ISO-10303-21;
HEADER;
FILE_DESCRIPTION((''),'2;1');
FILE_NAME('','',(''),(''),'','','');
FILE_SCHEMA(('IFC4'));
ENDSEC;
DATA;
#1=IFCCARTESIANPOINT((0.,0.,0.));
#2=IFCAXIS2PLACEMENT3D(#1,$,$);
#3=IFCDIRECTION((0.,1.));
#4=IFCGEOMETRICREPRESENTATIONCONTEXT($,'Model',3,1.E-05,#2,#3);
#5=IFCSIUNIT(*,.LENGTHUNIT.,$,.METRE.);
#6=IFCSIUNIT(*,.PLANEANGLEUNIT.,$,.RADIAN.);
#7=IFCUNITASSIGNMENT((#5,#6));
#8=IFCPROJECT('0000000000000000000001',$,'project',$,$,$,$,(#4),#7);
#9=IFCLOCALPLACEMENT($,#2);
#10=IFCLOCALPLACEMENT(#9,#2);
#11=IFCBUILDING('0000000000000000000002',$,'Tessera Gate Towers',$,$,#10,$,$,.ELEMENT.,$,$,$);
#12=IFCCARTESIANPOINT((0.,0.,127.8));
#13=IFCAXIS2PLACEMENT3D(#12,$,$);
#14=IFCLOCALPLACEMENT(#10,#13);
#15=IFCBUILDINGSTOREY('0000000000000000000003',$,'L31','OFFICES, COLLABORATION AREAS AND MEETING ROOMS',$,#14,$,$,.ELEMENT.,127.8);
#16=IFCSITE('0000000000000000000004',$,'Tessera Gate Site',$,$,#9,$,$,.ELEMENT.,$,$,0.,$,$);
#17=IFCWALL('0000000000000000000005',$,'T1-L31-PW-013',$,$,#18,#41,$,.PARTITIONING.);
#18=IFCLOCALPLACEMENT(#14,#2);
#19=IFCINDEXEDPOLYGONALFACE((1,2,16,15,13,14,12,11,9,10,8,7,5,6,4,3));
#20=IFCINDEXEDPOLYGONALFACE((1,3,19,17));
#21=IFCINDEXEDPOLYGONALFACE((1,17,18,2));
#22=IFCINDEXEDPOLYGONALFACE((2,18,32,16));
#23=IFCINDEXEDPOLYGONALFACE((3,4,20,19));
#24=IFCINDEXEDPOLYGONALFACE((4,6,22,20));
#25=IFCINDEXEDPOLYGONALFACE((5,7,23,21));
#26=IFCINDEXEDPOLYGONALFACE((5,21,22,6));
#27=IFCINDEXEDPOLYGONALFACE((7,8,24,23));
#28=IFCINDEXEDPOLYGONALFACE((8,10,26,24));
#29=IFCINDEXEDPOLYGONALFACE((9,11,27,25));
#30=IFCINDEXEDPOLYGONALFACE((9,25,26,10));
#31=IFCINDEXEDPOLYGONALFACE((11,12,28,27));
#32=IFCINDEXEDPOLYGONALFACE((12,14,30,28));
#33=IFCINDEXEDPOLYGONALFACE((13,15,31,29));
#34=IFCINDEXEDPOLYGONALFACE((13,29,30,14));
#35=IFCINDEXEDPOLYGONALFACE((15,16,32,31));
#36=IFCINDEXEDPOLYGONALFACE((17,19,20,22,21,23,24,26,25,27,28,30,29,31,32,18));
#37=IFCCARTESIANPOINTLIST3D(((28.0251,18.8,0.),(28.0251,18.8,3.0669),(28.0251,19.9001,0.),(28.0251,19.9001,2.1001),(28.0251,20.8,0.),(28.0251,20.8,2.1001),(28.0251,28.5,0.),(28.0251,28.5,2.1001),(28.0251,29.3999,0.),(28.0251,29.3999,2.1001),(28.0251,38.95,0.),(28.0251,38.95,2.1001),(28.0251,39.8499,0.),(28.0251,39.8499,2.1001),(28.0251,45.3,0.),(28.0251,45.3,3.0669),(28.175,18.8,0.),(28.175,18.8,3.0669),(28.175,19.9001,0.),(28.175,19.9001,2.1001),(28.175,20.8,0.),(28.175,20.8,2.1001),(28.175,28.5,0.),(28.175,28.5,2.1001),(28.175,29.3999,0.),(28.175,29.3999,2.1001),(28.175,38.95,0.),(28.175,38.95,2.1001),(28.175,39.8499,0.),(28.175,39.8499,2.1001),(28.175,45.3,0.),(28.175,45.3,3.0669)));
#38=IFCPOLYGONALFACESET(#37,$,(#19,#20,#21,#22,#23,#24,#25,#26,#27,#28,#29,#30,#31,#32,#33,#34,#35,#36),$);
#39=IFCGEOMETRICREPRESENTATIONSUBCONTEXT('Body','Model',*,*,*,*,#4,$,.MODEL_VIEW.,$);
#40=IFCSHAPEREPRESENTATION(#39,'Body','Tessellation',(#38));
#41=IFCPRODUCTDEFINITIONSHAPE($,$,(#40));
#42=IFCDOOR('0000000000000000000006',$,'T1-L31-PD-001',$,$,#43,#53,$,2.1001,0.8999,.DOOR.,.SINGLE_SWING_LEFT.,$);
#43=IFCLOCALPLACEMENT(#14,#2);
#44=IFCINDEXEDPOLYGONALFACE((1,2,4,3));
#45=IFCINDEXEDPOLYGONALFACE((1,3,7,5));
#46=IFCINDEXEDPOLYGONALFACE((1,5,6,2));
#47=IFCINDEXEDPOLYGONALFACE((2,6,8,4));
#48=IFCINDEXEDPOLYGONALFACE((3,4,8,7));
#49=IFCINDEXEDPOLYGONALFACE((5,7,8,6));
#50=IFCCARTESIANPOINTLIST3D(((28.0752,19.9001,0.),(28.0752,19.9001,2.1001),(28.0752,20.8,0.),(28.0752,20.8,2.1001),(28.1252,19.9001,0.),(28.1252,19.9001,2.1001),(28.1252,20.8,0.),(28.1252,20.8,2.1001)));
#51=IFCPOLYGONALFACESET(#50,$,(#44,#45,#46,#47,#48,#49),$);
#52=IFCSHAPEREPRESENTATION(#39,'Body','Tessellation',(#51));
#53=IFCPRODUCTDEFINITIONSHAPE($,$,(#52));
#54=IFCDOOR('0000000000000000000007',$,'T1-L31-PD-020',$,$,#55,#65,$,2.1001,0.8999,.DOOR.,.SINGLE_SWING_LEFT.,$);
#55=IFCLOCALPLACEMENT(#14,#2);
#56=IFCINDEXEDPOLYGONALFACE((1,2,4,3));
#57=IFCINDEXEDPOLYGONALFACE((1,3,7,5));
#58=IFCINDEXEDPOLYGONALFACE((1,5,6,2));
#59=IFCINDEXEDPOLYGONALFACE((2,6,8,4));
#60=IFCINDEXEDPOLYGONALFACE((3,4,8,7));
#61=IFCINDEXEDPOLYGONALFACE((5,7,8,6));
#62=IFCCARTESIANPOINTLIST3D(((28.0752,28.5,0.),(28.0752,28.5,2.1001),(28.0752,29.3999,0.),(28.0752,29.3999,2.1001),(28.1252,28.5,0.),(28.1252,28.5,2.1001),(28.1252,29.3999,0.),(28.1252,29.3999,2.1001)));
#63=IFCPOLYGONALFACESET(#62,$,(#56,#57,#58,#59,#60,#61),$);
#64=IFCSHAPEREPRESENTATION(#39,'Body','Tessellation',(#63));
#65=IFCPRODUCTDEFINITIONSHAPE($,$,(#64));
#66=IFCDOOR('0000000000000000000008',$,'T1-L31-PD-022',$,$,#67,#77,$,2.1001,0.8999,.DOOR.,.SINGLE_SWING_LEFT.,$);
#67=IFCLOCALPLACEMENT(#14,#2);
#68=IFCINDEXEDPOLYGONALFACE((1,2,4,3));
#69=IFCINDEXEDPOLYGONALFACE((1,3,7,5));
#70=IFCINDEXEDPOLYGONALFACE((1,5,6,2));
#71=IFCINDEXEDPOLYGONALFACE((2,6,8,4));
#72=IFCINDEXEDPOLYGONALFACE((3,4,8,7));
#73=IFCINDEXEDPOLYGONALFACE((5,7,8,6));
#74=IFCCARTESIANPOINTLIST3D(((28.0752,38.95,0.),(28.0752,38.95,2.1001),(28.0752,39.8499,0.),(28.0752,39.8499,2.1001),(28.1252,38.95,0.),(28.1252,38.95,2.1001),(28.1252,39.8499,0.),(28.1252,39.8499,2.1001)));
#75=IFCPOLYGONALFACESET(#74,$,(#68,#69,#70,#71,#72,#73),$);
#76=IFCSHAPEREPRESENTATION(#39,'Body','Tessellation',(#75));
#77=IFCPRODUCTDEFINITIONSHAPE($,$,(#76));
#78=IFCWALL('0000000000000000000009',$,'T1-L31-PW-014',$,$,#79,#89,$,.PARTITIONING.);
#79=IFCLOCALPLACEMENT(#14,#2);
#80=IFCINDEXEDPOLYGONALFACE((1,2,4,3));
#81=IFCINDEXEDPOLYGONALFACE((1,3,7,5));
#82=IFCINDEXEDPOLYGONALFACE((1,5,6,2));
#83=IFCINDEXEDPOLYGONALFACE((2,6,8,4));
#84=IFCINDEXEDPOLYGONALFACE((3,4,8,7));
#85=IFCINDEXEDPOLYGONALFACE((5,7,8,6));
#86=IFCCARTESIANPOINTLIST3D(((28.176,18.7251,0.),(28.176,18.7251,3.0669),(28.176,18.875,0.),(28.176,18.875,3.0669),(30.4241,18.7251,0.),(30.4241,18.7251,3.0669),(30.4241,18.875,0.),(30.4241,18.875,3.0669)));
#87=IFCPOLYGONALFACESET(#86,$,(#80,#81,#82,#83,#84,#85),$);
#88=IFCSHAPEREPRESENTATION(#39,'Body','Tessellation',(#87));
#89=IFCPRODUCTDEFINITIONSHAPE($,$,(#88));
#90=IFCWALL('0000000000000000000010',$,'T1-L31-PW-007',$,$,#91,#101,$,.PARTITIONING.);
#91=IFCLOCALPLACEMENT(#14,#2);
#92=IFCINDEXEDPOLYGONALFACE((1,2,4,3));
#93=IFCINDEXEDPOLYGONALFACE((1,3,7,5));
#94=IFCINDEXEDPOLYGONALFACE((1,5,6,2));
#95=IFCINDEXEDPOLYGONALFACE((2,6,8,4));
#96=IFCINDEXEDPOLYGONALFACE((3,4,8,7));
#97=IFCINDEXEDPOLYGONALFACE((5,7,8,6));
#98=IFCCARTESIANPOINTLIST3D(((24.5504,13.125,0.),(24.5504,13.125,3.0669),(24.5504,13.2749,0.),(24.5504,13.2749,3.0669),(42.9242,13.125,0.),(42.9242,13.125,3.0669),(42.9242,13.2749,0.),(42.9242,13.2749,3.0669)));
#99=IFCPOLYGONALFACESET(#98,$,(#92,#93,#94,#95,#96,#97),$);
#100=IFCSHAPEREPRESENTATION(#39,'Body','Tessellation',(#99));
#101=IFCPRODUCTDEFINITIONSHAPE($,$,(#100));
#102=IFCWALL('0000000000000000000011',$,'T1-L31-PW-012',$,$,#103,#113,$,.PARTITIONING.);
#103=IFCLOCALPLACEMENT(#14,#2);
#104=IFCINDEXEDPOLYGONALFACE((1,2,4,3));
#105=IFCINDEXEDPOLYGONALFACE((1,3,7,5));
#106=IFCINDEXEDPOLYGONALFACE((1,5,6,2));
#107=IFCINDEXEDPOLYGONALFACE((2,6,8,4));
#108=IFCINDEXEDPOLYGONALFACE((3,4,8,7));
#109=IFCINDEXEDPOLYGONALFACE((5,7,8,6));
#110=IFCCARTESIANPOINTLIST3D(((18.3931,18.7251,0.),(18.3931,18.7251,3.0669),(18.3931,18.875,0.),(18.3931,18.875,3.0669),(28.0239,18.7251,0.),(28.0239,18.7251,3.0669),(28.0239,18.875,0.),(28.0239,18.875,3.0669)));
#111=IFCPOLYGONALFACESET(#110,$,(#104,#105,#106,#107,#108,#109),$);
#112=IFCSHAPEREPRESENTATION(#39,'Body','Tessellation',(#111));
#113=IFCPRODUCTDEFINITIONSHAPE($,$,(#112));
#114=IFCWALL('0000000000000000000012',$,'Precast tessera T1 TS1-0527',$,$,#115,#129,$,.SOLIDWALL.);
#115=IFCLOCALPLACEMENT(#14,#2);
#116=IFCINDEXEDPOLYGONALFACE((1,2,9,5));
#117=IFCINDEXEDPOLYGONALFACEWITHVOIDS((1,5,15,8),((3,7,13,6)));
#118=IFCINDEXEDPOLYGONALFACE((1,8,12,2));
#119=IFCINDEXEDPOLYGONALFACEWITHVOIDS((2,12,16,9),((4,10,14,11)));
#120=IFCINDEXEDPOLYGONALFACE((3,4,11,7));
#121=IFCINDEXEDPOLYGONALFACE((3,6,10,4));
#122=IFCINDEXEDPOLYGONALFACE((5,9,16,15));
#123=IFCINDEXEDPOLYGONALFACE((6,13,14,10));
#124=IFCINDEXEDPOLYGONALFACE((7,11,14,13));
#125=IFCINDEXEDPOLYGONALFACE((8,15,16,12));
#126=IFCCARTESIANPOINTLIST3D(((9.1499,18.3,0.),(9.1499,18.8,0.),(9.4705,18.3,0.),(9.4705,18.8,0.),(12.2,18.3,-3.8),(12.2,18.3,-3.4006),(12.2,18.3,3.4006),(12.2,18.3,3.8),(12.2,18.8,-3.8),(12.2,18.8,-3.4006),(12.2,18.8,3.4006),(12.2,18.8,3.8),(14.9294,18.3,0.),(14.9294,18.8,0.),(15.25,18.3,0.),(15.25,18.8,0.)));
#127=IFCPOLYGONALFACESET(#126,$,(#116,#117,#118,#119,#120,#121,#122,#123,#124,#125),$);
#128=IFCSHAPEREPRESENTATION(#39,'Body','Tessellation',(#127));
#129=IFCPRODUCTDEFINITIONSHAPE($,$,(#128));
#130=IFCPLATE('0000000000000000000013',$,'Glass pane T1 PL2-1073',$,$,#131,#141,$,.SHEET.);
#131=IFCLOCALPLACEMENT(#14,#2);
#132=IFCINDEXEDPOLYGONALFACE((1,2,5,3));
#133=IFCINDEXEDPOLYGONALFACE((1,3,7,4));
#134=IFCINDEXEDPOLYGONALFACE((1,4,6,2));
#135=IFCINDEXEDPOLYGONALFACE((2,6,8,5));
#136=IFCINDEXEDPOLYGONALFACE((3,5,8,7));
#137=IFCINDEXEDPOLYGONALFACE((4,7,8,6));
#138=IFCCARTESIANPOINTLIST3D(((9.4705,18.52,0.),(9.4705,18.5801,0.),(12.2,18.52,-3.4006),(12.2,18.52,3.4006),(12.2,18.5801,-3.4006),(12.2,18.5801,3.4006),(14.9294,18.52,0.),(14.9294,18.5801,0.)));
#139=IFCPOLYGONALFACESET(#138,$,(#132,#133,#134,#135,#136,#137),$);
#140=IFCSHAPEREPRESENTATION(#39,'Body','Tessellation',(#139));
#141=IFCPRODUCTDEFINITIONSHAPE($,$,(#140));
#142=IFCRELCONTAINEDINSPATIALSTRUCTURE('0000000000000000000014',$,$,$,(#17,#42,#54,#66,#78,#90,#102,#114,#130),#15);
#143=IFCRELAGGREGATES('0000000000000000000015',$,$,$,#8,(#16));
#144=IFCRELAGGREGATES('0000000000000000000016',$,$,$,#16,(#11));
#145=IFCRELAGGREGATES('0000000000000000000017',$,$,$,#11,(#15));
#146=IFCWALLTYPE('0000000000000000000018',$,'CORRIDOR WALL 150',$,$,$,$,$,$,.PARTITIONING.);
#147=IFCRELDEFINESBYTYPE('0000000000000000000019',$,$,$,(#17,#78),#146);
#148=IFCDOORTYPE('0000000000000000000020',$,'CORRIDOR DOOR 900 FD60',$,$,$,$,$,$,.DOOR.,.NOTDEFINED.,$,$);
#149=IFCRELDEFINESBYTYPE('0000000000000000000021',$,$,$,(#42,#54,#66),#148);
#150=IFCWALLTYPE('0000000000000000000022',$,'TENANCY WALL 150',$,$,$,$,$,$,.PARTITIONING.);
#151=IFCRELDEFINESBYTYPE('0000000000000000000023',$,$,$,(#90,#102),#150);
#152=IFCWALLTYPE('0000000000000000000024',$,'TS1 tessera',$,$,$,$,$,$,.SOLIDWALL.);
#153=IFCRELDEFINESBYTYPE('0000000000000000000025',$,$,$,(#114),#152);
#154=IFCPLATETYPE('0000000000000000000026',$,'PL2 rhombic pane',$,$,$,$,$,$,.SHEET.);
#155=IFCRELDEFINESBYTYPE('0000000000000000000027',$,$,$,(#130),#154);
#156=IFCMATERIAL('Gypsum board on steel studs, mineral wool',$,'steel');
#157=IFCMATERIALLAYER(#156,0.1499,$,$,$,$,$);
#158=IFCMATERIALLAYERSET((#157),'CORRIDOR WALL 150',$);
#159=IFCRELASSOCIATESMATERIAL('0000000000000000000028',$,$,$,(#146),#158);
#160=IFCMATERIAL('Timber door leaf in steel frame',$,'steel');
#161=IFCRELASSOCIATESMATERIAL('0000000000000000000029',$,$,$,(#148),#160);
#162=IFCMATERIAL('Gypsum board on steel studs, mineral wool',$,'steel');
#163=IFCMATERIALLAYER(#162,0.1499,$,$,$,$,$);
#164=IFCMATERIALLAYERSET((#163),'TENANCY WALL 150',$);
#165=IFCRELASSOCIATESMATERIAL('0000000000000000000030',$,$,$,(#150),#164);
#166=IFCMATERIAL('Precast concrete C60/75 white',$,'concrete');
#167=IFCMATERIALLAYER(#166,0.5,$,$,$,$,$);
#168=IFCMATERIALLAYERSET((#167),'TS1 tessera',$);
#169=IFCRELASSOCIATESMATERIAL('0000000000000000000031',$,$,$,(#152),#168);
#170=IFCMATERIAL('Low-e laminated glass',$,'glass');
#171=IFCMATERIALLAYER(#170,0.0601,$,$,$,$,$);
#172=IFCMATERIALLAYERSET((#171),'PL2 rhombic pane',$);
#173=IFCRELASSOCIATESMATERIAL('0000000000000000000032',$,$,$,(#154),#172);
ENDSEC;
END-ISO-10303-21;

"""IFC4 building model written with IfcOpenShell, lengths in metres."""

from ifc_helpers import new_model, si_unit, direction, frame, frame_2d, origin, place, context, subcontext, project, spatial, polyline, rectangle, outline, extrude, source, transform, mapped, material, layer, layer_set, type_object, element, fill, save


model = new_model("IFC4")

# Units and contexts
model_context = context("Model", 3, precision=1e-05, world=origin(), true_north=direction((0.0, 1.0)))
body_context = subcontext(model_context, "Body", "Model", "MODEL_VIEW")
ifc_project = project(units=[si_unit("LENGTHUNIT", "METRE"), si_unit("PLANEANGLEUNIT", "RADIAN")], contexts=[model_context])

# Site, building, storey
site_placement = place(None, origin())
site = spatial("IfcSite", under=ifc_project, at=site_placement, Name="Tessera Gate Site", CompositionType="ELEMENT", RefElevation=0.0)
building_placement = place(site_placement, origin())
building = spatial("IfcBuilding", under=site, at=building_placement, Name="Tessera Gate Towers", CompositionType="ELEMENT")
storey_placement = place(building_placement, frame((0.0, 0.0, 127.8)))
storey = spatial("IfcBuildingStorey", under=building, at=storey_placement, Name="L31", Description="OFFICES, COLLABORATION AREAS AND MEETING ROOMS", CompositionType="ELEMENT", Elevation=127.8)

# Wall, openings, doors
ifc_material_1 = material(Name="Gypsum board on steel studs, mineral wool", Category="steel")
ifc_layer_1 = layer(ifc_material_1, 0.1499)
ifc_layer_set_1 = layer_set([ifc_layer_1], Name="CORRIDOR WALL 150")
wall_type_1 = type_object("IfcWallType", Name="CORRIDOR WALL 150", PredefinedType="PARTITIONING", material=ifc_layer_set_1)
wall_1_placement = place(storey_placement, frame((28.1001, 18.8, 0.0), z_axis=(0.0, 0.0, 1.0), x_axis=(0.0, 1.0, 0.0)))
wall_1 = element("IfcWall", 1, at=wall_1_placement, inside=storey, type_object=wall_type_1, Name="T1-L31-PW-013", PredefinedType="PARTITIONING", context=body_context, shape_type="SweptSolid", body=[
    extrude(rectangle(XDim=26.5, YDim=0.1499, at=frame_2d((13.25, 0.0))), origin(), (0.0, 0.0, 1.0), 3.0669),
])
shared_shape_1 = source(origin(), body_context, "Body", "SweptSolid", [
    extrude(rectangle(XDim=0.8999, YDim=2.1001, at=frame_2d((0.45, 1.05))), frame((0.0, 0.085, 0.0), z_axis=(0.0, -1.0, 0.0), x_axis=(1.0, 0.0, 0.0)), (0.0, 0.0, 1.0), 0.1699),
])
opening_1_placement = place(wall_1_placement, frame((1.1001, 0.0, 0.0)))
opening_1 = element("IfcOpeningElement", 2, at=opening_1_placement, cuts=wall_1, PredefinedType="OPENING", context=body_context, shape_type="MappedRepresentation", body=[
    mapped(shared_shape_1, transform((0.0, 0.0, 0.0), scale=1.0)),
])
opening_2_placement = place(wall_1_placement, frame((9.7, 0.0, 0.0)))
opening_2 = element("IfcOpeningElement", 3, at=opening_2_placement, cuts=wall_1, PredefinedType="OPENING", context=body_context, shape_type="MappedRepresentation", body=[
    mapped(shared_shape_1, transform((0.0, 0.0, 0.0), scale=1.0)),
])
opening_3_placement = place(wall_1_placement, frame((20.1499, 0.0, 0.0)))
opening_3 = element("IfcOpeningElement", 4, at=opening_3_placement, cuts=wall_1, PredefinedType="OPENING", context=body_context, shape_type="MappedRepresentation", body=[
    mapped(shared_shape_1, transform((0.0, 0.0, 0.0), scale=1.0)),
])
ifc_material_2 = material(Name="Timber door leaf in steel frame", Category="steel")
door_type = type_object("IfcDoorType", Name="CORRIDOR DOOR 900 FD60", OperationType="NOTDEFINED", PredefinedType="DOOR", material=ifc_material_2)
shared_shape_2 = source(origin(), body_context, "Body", "SweptSolid", [
    extrude(rectangle(XDim=0.8999, YDim=2.1001, at=frame_2d((0.45, 1.05))), frame((0.0, 0.0249, 0.0), z_axis=(0.0, -1.0, 0.0), x_axis=(1.0, 0.0, 0.0)), (0.0, 0.0, 1.0), 0.05),
])
door_1_placement = place(opening_1_placement, origin())
door_1 = element("IfcDoor", 5, at=door_1_placement, inside=storey, type_object=door_type, Name="T1-L31-PD-001", OperationType="SINGLE_SWING_LEFT", OverallHeight=2.1001, OverallWidth=0.8999, PredefinedType="DOOR", context=body_context, shape_type="MappedRepresentation", body=[
    mapped(shared_shape_2, transform((0.0, 0.0, 0.0), scale=1.0)),
])
fill(opening_1, door_1)
door_2_placement = place(opening_2_placement, origin())
door_2 = element("IfcDoor", 6, at=door_2_placement, inside=storey, type_object=door_type, Name="T1-L31-PD-020", OperationType="SINGLE_SWING_LEFT", OverallHeight=2.1001, OverallWidth=0.8999, PredefinedType="DOOR", context=body_context, shape_type="MappedRepresentation", body=[
    mapped(shared_shape_2, transform((0.0, 0.0, 0.0), scale=1.0)),
])
fill(opening_2, door_2)
door_3_placement = place(opening_3_placement, origin())
door_3 = element("IfcDoor", 7, at=door_3_placement, inside=storey, type_object=door_type, Name="T1-L31-PD-022", OperationType="SINGLE_SWING_LEFT", OverallHeight=2.1001, OverallWidth=0.8999, PredefinedType="DOOR", context=body_context, shape_type="MappedRepresentation", body=[
    mapped(shared_shape_2, transform((0.0, 0.0, 0.0), scale=1.0)),
])
fill(opening_3, door_3)

# Walls
wall_2_placement = place(storey_placement, frame((28.176, 18.8, 0.0), z_axis=(0.0, 0.0, 1.0), x_axis=(1.0, 0.0, 0.0)))
element("IfcWall", 8, at=wall_2_placement, inside=storey, type_object=wall_type_1, Name="T1-L31-PW-014", PredefinedType="PARTITIONING", context=body_context, shape_type="SweptSolid", body=[
    extrude(rectangle(XDim=2.248, YDim=0.1499, at=frame_2d((1.124, 0.0))), origin(), (0.0, 0.0, 1.0), 3.0669),
])
ifc_material_3 = material(Name="Gypsum board on steel studs, mineral wool", Category="steel")
ifc_layer_2 = layer(ifc_material_3, 0.1499)
ifc_layer_set_2 = layer_set([ifc_layer_2], Name="TENANCY WALL 150")
wall_type_2 = type_object("IfcWallType", Name="TENANCY WALL 150", PredefinedType="PARTITIONING", material=ifc_layer_set_2)
wall_3_placement = place(storey_placement, frame((24.5503, 13.2, 0.0), z_axis=(0.0, 0.0, 1.0), x_axis=(1.0, 0.0, 0.0)))
element("IfcWall", 9, at=wall_3_placement, inside=storey, type_object=wall_type_2, Name="T1-L31-PW-007", PredefinedType="PARTITIONING", context=body_context, shape_type="SweptSolid", body=[
    extrude(rectangle(XDim=18.3738, YDim=0.1499, at=frame_2d((9.187, 0.0))), origin(), (0.0, 0.0, 1.0), 3.0669),
])
wall_4_placement = place(storey_placement, frame((18.3931, 18.8, 0.0), z_axis=(0.0, 0.0, 1.0), x_axis=(1.0, 0.0, 0.0)))
element("IfcWall", 10, at=wall_4_placement, inside=storey, type_object=wall_type_2, Name="T1-L31-PW-012", PredefinedType="PARTITIONING", context=body_context, shape_type="SweptSolid", body=[
    extrude(rectangle(XDim=9.6309, YDim=0.1499, at=frame_2d((4.8154, 0.0))), origin(), (0.0, 0.0, 1.0), 3.0669),
])

# Wall, opening, plate
ifc_material_4 = material(Name="Precast concrete C60/75 white", Category="concrete")
ifc_layer_3 = layer(ifc_material_4, 0.5)
ifc_layer_set_3 = layer_set([ifc_layer_3], Name="TS1 tessera")
wall_type_3 = type_object("IfcWallType", Name="TS1 tessera", PredefinedType="SOLIDWALL", material=ifc_layer_set_3)
shared_shape_3 = source(origin(), body_context, "Body", "SweptSolid", [
    extrude(outline(polyline([(3.05, 0.0), (6.1001, 3.8), (3.05, 7.6001), (0.0, 3.8), (3.05, 0.0)])), frame((0.0, 0.25, 0.0), z_axis=(0.0, -1.0, 0.0), x_axis=(1.0, 0.0, 0.0)), (0.0, 0.0, 1.0), 0.5),
])
wall_5_placement = place(storey_placement, frame((9.1499, 18.55, -3.8), z_axis=(0.0, 0.0, 1.0), x_axis=(1.0, 0.0, 0.0)))
wall_5 = element("IfcWall", 11, at=wall_5_placement, inside=storey, type_object=wall_type_3, Name="Precast tessera T1 TS1-0527", PredefinedType="SOLIDWALL", context=body_context, shape_type="MappedRepresentation", body=[
    mapped(shared_shape_3, transform((0.0, 0.0, 0.0), scale=1.0)),
])
shared_shape_4 = source(origin(), body_context, "Body", "SweptSolid", [
    extrude(outline(polyline([(3.05, 0.3994), (5.7795, 3.8), (3.05, 7.2007), (0.3206, 3.8), (3.05, 0.3994)])), frame((0.0, 0.26, 0.0), z_axis=(0.0, -1.0, 0.0), x_axis=(1.0, 0.0, 0.0)), (0.0, 0.0, 1.0), 0.52),
])
opening_4_placement = place(wall_5_placement, origin())
opening_4 = element("IfcOpeningElement", 12, at=opening_4_placement, cuts=wall_5, PredefinedType="OPENING", context=body_context, shape_type="MappedRepresentation", body=[
    mapped(shared_shape_4, transform((0.0, 0.0, 0.0), scale=1.0)),
])
ifc_material_5 = material(Name="Low-e laminated glass", Category="glass")
ifc_layer_4 = layer(ifc_material_5, 0.0601)
ifc_layer_set_4 = layer_set([ifc_layer_4], Name="PL2 rhombic pane")
plate_type = type_object("IfcPlateType", Name="PL2 rhombic pane", PredefinedType="SHEET", material=ifc_layer_set_4)
shared_shape_5 = source(origin(), body_context, "Body", "SweptSolid", [
    extrude(outline(polyline([(3.05, 0.3994), (5.7795, 3.8), (3.05, 7.2007), (0.3206, 3.8), (3.05, 0.3994)])), frame((0.0, 0.03, 0.0), z_axis=(0.0, -1.0, 0.0), x_axis=(1.0, 0.0, 0.0)), (0.0, 0.0, 1.0), 0.0601),
])
plate_placement = place(opening_4_placement, origin())
plate = element("IfcPlate", 13, at=plate_placement, inside=storey, type_object=plate_type, Name="Glass pane T1 PL2-1073", PredefinedType="SHEET", context=body_context, shape_type="MappedRepresentation", body=[
    mapped(shared_shape_5, transform((0.0, 0.0, 0.0), scale=1.0)),
])
fill(opening_4, plate)

save(model, "model.ifc")
